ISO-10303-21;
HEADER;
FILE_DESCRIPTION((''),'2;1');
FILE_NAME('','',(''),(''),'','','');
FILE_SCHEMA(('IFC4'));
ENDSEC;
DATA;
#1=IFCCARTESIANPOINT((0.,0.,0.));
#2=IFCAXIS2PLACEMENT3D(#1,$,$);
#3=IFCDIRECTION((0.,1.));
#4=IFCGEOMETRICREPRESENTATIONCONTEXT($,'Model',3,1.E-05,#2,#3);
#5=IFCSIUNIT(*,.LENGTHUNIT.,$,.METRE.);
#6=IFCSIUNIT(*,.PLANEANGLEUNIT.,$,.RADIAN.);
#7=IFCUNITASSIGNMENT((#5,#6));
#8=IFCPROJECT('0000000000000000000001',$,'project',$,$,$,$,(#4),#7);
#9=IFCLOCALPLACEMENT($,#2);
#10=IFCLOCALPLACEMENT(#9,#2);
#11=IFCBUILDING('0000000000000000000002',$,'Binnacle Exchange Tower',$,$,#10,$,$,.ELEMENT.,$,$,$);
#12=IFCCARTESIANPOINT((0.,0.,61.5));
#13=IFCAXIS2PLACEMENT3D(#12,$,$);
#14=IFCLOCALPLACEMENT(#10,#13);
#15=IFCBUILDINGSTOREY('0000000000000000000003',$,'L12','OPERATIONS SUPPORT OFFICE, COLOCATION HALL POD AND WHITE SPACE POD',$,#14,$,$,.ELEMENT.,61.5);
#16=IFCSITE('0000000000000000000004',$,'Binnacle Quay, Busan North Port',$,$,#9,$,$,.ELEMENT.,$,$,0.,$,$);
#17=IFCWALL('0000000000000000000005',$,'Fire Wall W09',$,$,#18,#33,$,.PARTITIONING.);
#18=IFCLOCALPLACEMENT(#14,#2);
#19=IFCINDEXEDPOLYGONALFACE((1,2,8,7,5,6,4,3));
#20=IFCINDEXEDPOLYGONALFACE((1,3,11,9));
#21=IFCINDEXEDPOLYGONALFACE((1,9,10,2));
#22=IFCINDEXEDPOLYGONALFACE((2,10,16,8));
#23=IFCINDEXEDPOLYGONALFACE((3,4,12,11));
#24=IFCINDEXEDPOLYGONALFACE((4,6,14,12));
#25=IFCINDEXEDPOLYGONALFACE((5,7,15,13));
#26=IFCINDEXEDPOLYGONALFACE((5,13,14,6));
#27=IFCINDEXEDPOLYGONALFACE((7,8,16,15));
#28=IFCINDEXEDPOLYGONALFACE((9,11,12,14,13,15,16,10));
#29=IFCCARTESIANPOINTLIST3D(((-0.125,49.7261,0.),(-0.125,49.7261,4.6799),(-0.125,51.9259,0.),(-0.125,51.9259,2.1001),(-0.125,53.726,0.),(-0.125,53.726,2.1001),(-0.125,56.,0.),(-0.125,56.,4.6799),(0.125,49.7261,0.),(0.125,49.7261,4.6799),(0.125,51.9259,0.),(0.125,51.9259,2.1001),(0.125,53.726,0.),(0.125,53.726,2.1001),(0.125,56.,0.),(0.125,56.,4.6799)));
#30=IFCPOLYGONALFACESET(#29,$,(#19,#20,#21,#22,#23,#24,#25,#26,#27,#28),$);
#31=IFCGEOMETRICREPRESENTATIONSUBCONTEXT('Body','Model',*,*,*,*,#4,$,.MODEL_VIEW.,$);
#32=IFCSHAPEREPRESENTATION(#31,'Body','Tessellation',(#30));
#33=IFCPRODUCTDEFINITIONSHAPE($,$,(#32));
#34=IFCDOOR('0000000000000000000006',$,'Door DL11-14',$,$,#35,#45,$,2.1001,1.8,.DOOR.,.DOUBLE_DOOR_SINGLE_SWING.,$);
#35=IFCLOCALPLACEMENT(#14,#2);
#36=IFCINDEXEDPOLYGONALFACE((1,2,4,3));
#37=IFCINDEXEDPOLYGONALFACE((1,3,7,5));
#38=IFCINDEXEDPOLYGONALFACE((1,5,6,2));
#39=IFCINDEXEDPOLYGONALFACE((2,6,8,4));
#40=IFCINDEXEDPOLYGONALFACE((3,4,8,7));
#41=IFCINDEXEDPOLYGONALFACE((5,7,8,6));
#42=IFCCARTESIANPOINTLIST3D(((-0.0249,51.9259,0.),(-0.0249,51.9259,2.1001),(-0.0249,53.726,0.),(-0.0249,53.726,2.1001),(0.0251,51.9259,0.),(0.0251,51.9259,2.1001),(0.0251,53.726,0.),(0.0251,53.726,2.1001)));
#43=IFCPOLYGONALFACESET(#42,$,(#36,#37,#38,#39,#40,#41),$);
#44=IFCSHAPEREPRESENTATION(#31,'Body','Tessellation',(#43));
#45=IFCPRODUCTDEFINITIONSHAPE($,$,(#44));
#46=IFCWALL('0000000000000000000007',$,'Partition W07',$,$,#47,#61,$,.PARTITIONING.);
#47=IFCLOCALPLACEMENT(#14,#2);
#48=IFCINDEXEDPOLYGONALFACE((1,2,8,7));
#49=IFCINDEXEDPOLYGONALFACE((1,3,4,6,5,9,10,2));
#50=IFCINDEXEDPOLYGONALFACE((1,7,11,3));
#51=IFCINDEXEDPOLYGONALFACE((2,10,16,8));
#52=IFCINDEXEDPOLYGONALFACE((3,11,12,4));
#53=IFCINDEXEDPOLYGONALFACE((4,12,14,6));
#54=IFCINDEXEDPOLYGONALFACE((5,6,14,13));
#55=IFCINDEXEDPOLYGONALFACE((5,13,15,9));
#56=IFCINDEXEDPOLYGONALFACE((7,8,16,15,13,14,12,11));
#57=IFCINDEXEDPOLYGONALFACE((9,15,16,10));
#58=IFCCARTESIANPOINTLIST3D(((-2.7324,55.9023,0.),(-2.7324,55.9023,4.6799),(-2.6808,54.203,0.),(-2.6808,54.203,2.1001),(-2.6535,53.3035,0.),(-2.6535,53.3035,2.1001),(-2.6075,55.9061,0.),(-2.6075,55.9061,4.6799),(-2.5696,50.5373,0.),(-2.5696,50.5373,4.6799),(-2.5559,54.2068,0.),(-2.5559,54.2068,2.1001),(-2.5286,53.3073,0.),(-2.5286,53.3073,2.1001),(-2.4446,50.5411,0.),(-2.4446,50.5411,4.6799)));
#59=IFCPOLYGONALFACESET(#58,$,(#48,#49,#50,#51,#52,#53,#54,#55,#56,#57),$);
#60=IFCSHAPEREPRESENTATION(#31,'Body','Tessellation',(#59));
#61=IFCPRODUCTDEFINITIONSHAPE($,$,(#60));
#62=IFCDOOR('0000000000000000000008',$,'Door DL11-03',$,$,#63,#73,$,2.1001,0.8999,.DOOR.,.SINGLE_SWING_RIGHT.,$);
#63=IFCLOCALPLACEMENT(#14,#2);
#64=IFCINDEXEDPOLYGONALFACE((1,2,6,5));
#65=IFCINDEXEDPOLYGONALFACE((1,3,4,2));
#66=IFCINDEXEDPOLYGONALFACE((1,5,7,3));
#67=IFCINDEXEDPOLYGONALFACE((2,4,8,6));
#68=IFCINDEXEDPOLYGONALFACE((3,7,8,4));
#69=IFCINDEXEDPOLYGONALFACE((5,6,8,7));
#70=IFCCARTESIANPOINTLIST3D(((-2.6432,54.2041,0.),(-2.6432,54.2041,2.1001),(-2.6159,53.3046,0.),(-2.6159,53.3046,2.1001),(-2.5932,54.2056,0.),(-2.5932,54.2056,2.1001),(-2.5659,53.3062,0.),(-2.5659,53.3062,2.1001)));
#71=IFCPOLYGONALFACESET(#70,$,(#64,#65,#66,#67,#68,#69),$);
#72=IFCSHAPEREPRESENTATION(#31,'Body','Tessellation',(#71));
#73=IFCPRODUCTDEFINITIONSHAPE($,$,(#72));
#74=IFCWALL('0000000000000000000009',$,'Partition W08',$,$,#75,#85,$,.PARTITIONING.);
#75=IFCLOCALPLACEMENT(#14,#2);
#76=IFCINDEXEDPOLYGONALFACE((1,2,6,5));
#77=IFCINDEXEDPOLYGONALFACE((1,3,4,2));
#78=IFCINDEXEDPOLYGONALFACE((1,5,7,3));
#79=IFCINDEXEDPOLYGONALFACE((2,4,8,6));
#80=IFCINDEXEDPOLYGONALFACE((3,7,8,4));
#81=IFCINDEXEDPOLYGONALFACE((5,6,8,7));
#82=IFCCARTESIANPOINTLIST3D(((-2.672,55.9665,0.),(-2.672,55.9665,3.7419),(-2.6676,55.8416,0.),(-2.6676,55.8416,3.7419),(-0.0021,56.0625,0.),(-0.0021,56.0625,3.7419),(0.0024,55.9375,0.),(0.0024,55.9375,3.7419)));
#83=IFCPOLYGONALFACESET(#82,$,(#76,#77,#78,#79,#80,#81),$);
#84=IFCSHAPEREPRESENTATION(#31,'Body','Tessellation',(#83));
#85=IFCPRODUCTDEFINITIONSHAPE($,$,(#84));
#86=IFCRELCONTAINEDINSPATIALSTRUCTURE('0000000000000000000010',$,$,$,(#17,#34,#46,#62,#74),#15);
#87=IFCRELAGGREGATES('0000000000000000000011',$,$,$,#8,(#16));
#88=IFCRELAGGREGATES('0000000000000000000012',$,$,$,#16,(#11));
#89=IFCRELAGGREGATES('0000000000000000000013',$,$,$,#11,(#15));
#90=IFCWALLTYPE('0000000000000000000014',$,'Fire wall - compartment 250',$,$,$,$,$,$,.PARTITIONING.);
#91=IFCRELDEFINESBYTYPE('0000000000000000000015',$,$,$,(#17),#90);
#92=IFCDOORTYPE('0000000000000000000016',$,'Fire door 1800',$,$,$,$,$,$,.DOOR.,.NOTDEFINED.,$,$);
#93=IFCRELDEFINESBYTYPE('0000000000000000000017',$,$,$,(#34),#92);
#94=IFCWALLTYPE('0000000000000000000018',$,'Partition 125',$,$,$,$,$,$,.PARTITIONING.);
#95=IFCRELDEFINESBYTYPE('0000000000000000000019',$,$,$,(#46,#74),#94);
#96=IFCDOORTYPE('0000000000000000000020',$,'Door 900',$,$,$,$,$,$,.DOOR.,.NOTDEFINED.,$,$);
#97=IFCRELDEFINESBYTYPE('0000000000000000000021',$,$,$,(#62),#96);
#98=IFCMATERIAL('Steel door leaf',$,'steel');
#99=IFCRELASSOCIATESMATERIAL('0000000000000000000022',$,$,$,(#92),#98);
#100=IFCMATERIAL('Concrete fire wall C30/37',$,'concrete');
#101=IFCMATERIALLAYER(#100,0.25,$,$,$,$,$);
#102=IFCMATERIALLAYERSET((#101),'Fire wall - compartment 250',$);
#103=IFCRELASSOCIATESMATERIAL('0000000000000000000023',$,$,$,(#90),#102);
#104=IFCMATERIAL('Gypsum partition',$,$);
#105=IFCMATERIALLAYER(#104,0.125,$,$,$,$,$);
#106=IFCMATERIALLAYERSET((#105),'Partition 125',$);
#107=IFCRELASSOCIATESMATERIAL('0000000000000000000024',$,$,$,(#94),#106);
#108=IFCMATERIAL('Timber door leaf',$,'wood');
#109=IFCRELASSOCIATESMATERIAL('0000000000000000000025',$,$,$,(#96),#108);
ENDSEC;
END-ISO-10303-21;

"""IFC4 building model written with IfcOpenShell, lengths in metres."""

from ifc_helpers import new_model, si_unit, direction, frame, frame_2d, origin, place, context, subcontext, project, spatial, rectangle, extrude, material, layer, layer_set, type_object, element, fill, save


model = new_model("IFC4")

# Units and contexts
model_context = context("Model", 3, precision=1e-05, world=origin(), true_north=direction((0.0, 1.0)))
body_context = subcontext(model_context, "Body", "Model", "MODEL_VIEW")
ifc_project = project(units=[si_unit("LENGTHUNIT", "METRE"), si_unit("PLANEANGLEUNIT", "RADIAN")], contexts=[model_context])

# Site, building, storey
site_placement = place(None, origin())
site = spatial("IfcSite", under=ifc_project, at=site_placement, Name="Binnacle Quay, Busan North Port", CompositionType="ELEMENT", RefElevation=0.0)
building_placement = place(site_placement, origin())
building = spatial("IfcBuilding", under=site, at=building_placement, Name="Binnacle Exchange Tower", CompositionType="ELEMENT")
storey_placement = place(building_placement, frame((0.0, 0.0, 61.5)))
storey = spatial("IfcBuildingStorey", under=building, at=storey_placement, Name="L12", Description="OPERATIONS SUPPORT OFFICE, COLOCATION HALL POD AND WHITE SPACE POD", CompositionType="ELEMENT", Elevation=61.5)

# Shared definitions
ifc_material_1 = material(Name="Steel door leaf", Category="steel")

# Shared definitions
door_type_1 = type_object("IfcDoorType", Name="Fire door 1800", OperationType="NOTDEFINED", PredefinedType="DOOR", material=ifc_material_1)

# Walls, openings, doors
ifc_material_2 = material(Name="Concrete fire wall C30/37", Category="concrete")
ifc_layer_1 = layer(ifc_material_2, 0.25)
ifc_layer_set_1 = layer_set([ifc_layer_1], Name="Fire wall - compartment 250")
wall_type_1 = type_object("IfcWallType", Name="Fire wall - compartment 250", PredefinedType="PARTITIONING", material=ifc_layer_set_1)
wall_1_placement = place(storey_placement, frame((0.0, 49.7261, 0.0), z_axis=(0.0, 0.0, 1.0), x_axis=(0.0, 1.0, 0.0)))
wall_1 = element("IfcWall", 1, at=wall_1_placement, inside=storey, type_object=wall_type_1, Name="Fire Wall W09", PredefinedType="PARTITIONING", context=body_context, shape_type="SweptSolid", body=[
    extrude(rectangle(XDim=6.2739, YDim=0.25, at=frame_2d((3.137, 0.0))), origin(), (0.0, 0.0, 1.0), 4.6799),
])
opening_1_placement = place(wall_1_placement, frame((2.2, 0.0, 0.0)))
opening_1 = element("IfcOpeningElement", 2, at=opening_1_placement, cuts=wall_1, PredefinedType="OPENING", context=body_context, shape_type="SweptSolid", body=[
    extrude(rectangle(XDim=1.8, YDim=2.1001, at=frame_2d((0.8999, 1.05))), frame((0.0, 0.135, 0.0), z_axis=(0.0, -1.0, 0.0), x_axis=(1.0, 0.0, 0.0)), (0.0, 0.0, 1.0), 0.27),
])
door_1_placement = place(opening_1_placement, origin())
door_1 = element("IfcDoor", 3, at=door_1_placement, inside=storey, type_object=door_type_1, Name="Door DL11-14", OperationType="DOUBLE_DOOR_SINGLE_SWING", OverallHeight=2.1001, OverallWidth=1.8, PredefinedType="DOOR", context=body_context, shape_type="SweptSolid", body=[
    extrude(rectangle(XDim=1.8, YDim=2.1001, at=frame_2d((0.8999, 1.05))), frame((0.0, 0.0249, 0.0), z_axis=(0.0, -1.0, 0.0), x_axis=(1.0, 0.0, 0.0)), (0.0, 0.0, 1.0), 0.05),
])
fill(opening_1, door_1)
ifc_material_3 = material(Name="Gypsum partition")
ifc_layer_2 = layer(ifc_material_3, 0.125)
ifc_layer_set_2 = layer_set([ifc_layer_2], Name="Partition 125")
wall_type_2 = type_object("IfcWallType", Name="Partition 125", PredefinedType="PARTITIONING", material=ifc_layer_set_2)
wall_2_placement = place(storey_placement, frame((-2.6699, 55.9041, 0.0), z_axis=(0.0, 0.0, 1.0), x_axis=(0.030339, -0.99954, 0.0)))
wall_2 = element("IfcWall", 4, at=wall_2_placement, inside=storey, type_object=wall_type_2, Name="Partition W07", PredefinedType="PARTITIONING", context=body_context, shape_type="SweptSolid", body=[
    extrude(rectangle(XDim=5.3674, YDim=0.125, at=frame_2d((2.6836, 0.0))), origin(), (0.0, 0.0, 1.0), 4.6799),
])
opening_2_placement = place(wall_2_placement, frame((1.7, 0.0, 0.0)))
opening_2 = element("IfcOpeningElement", 5, at=opening_2_placement, cuts=wall_2, PredefinedType="OPENING", context=body_context, shape_type="SweptSolid", body=[
    extrude(rectangle(XDim=0.8999, YDim=2.1001, at=frame_2d((0.45, 1.05))), frame((0.0, 0.0725, 0.0), z_axis=(0.0, -1.0, 0.0), x_axis=(1.0, 0.0, 0.0)), (0.0, 0.0, 1.0), 0.145),
])
ifc_material_4 = material(Name="Timber door leaf", Category="wood")
door_type_2 = type_object("IfcDoorType", Name="Door 900", OperationType="NOTDEFINED", PredefinedType="DOOR", material=ifc_material_4)
door_2_placement = place(opening_2_placement, frame((0.8999, 0.0, 0.0), z_axis=(0.0, 0.0, 1.0), x_axis=(-1.0, 0.0, 0.0)))
door_2 = element("IfcDoor", 6, at=door_2_placement, inside=storey, type_object=door_type_2, Name="Door DL11-03", OperationType="SINGLE_SWING_RIGHT", OverallHeight=2.1001, OverallWidth=0.8999, PredefinedType="DOOR", context=body_context, shape_type="SweptSolid", body=[
    extrude(rectangle(XDim=0.8999, YDim=2.1001, at=frame_2d((0.45, 1.05))), frame((0.0, 0.0249, 0.0), z_axis=(0.0, -1.0, 0.0), x_axis=(1.0, 0.0, 0.0)), (0.0, 0.0, 1.0), 0.05),
])
fill(opening_2, door_2)

# Wall
wall_3_placement = place(storey_placement, frame((-2.6699, 55.9041, 0.0), z_axis=(0.0, 0.0, 1.0), x_axis=(0.999355, 0.035913, 0.0)))
element("IfcWall", 7, at=wall_3_placement, inside=storey, type_object=wall_type_2, Name="Partition W08", PredefinedType="PARTITIONING", context=body_context, shape_type="SweptSolid", body=[
    extrude(rectangle(XDim=2.6716, YDim=0.125, at=frame_2d((1.3359, 0.0))), origin(), (0.0, 0.0, 1.0), 3.7419),
])

save(model, "model.ifc")
